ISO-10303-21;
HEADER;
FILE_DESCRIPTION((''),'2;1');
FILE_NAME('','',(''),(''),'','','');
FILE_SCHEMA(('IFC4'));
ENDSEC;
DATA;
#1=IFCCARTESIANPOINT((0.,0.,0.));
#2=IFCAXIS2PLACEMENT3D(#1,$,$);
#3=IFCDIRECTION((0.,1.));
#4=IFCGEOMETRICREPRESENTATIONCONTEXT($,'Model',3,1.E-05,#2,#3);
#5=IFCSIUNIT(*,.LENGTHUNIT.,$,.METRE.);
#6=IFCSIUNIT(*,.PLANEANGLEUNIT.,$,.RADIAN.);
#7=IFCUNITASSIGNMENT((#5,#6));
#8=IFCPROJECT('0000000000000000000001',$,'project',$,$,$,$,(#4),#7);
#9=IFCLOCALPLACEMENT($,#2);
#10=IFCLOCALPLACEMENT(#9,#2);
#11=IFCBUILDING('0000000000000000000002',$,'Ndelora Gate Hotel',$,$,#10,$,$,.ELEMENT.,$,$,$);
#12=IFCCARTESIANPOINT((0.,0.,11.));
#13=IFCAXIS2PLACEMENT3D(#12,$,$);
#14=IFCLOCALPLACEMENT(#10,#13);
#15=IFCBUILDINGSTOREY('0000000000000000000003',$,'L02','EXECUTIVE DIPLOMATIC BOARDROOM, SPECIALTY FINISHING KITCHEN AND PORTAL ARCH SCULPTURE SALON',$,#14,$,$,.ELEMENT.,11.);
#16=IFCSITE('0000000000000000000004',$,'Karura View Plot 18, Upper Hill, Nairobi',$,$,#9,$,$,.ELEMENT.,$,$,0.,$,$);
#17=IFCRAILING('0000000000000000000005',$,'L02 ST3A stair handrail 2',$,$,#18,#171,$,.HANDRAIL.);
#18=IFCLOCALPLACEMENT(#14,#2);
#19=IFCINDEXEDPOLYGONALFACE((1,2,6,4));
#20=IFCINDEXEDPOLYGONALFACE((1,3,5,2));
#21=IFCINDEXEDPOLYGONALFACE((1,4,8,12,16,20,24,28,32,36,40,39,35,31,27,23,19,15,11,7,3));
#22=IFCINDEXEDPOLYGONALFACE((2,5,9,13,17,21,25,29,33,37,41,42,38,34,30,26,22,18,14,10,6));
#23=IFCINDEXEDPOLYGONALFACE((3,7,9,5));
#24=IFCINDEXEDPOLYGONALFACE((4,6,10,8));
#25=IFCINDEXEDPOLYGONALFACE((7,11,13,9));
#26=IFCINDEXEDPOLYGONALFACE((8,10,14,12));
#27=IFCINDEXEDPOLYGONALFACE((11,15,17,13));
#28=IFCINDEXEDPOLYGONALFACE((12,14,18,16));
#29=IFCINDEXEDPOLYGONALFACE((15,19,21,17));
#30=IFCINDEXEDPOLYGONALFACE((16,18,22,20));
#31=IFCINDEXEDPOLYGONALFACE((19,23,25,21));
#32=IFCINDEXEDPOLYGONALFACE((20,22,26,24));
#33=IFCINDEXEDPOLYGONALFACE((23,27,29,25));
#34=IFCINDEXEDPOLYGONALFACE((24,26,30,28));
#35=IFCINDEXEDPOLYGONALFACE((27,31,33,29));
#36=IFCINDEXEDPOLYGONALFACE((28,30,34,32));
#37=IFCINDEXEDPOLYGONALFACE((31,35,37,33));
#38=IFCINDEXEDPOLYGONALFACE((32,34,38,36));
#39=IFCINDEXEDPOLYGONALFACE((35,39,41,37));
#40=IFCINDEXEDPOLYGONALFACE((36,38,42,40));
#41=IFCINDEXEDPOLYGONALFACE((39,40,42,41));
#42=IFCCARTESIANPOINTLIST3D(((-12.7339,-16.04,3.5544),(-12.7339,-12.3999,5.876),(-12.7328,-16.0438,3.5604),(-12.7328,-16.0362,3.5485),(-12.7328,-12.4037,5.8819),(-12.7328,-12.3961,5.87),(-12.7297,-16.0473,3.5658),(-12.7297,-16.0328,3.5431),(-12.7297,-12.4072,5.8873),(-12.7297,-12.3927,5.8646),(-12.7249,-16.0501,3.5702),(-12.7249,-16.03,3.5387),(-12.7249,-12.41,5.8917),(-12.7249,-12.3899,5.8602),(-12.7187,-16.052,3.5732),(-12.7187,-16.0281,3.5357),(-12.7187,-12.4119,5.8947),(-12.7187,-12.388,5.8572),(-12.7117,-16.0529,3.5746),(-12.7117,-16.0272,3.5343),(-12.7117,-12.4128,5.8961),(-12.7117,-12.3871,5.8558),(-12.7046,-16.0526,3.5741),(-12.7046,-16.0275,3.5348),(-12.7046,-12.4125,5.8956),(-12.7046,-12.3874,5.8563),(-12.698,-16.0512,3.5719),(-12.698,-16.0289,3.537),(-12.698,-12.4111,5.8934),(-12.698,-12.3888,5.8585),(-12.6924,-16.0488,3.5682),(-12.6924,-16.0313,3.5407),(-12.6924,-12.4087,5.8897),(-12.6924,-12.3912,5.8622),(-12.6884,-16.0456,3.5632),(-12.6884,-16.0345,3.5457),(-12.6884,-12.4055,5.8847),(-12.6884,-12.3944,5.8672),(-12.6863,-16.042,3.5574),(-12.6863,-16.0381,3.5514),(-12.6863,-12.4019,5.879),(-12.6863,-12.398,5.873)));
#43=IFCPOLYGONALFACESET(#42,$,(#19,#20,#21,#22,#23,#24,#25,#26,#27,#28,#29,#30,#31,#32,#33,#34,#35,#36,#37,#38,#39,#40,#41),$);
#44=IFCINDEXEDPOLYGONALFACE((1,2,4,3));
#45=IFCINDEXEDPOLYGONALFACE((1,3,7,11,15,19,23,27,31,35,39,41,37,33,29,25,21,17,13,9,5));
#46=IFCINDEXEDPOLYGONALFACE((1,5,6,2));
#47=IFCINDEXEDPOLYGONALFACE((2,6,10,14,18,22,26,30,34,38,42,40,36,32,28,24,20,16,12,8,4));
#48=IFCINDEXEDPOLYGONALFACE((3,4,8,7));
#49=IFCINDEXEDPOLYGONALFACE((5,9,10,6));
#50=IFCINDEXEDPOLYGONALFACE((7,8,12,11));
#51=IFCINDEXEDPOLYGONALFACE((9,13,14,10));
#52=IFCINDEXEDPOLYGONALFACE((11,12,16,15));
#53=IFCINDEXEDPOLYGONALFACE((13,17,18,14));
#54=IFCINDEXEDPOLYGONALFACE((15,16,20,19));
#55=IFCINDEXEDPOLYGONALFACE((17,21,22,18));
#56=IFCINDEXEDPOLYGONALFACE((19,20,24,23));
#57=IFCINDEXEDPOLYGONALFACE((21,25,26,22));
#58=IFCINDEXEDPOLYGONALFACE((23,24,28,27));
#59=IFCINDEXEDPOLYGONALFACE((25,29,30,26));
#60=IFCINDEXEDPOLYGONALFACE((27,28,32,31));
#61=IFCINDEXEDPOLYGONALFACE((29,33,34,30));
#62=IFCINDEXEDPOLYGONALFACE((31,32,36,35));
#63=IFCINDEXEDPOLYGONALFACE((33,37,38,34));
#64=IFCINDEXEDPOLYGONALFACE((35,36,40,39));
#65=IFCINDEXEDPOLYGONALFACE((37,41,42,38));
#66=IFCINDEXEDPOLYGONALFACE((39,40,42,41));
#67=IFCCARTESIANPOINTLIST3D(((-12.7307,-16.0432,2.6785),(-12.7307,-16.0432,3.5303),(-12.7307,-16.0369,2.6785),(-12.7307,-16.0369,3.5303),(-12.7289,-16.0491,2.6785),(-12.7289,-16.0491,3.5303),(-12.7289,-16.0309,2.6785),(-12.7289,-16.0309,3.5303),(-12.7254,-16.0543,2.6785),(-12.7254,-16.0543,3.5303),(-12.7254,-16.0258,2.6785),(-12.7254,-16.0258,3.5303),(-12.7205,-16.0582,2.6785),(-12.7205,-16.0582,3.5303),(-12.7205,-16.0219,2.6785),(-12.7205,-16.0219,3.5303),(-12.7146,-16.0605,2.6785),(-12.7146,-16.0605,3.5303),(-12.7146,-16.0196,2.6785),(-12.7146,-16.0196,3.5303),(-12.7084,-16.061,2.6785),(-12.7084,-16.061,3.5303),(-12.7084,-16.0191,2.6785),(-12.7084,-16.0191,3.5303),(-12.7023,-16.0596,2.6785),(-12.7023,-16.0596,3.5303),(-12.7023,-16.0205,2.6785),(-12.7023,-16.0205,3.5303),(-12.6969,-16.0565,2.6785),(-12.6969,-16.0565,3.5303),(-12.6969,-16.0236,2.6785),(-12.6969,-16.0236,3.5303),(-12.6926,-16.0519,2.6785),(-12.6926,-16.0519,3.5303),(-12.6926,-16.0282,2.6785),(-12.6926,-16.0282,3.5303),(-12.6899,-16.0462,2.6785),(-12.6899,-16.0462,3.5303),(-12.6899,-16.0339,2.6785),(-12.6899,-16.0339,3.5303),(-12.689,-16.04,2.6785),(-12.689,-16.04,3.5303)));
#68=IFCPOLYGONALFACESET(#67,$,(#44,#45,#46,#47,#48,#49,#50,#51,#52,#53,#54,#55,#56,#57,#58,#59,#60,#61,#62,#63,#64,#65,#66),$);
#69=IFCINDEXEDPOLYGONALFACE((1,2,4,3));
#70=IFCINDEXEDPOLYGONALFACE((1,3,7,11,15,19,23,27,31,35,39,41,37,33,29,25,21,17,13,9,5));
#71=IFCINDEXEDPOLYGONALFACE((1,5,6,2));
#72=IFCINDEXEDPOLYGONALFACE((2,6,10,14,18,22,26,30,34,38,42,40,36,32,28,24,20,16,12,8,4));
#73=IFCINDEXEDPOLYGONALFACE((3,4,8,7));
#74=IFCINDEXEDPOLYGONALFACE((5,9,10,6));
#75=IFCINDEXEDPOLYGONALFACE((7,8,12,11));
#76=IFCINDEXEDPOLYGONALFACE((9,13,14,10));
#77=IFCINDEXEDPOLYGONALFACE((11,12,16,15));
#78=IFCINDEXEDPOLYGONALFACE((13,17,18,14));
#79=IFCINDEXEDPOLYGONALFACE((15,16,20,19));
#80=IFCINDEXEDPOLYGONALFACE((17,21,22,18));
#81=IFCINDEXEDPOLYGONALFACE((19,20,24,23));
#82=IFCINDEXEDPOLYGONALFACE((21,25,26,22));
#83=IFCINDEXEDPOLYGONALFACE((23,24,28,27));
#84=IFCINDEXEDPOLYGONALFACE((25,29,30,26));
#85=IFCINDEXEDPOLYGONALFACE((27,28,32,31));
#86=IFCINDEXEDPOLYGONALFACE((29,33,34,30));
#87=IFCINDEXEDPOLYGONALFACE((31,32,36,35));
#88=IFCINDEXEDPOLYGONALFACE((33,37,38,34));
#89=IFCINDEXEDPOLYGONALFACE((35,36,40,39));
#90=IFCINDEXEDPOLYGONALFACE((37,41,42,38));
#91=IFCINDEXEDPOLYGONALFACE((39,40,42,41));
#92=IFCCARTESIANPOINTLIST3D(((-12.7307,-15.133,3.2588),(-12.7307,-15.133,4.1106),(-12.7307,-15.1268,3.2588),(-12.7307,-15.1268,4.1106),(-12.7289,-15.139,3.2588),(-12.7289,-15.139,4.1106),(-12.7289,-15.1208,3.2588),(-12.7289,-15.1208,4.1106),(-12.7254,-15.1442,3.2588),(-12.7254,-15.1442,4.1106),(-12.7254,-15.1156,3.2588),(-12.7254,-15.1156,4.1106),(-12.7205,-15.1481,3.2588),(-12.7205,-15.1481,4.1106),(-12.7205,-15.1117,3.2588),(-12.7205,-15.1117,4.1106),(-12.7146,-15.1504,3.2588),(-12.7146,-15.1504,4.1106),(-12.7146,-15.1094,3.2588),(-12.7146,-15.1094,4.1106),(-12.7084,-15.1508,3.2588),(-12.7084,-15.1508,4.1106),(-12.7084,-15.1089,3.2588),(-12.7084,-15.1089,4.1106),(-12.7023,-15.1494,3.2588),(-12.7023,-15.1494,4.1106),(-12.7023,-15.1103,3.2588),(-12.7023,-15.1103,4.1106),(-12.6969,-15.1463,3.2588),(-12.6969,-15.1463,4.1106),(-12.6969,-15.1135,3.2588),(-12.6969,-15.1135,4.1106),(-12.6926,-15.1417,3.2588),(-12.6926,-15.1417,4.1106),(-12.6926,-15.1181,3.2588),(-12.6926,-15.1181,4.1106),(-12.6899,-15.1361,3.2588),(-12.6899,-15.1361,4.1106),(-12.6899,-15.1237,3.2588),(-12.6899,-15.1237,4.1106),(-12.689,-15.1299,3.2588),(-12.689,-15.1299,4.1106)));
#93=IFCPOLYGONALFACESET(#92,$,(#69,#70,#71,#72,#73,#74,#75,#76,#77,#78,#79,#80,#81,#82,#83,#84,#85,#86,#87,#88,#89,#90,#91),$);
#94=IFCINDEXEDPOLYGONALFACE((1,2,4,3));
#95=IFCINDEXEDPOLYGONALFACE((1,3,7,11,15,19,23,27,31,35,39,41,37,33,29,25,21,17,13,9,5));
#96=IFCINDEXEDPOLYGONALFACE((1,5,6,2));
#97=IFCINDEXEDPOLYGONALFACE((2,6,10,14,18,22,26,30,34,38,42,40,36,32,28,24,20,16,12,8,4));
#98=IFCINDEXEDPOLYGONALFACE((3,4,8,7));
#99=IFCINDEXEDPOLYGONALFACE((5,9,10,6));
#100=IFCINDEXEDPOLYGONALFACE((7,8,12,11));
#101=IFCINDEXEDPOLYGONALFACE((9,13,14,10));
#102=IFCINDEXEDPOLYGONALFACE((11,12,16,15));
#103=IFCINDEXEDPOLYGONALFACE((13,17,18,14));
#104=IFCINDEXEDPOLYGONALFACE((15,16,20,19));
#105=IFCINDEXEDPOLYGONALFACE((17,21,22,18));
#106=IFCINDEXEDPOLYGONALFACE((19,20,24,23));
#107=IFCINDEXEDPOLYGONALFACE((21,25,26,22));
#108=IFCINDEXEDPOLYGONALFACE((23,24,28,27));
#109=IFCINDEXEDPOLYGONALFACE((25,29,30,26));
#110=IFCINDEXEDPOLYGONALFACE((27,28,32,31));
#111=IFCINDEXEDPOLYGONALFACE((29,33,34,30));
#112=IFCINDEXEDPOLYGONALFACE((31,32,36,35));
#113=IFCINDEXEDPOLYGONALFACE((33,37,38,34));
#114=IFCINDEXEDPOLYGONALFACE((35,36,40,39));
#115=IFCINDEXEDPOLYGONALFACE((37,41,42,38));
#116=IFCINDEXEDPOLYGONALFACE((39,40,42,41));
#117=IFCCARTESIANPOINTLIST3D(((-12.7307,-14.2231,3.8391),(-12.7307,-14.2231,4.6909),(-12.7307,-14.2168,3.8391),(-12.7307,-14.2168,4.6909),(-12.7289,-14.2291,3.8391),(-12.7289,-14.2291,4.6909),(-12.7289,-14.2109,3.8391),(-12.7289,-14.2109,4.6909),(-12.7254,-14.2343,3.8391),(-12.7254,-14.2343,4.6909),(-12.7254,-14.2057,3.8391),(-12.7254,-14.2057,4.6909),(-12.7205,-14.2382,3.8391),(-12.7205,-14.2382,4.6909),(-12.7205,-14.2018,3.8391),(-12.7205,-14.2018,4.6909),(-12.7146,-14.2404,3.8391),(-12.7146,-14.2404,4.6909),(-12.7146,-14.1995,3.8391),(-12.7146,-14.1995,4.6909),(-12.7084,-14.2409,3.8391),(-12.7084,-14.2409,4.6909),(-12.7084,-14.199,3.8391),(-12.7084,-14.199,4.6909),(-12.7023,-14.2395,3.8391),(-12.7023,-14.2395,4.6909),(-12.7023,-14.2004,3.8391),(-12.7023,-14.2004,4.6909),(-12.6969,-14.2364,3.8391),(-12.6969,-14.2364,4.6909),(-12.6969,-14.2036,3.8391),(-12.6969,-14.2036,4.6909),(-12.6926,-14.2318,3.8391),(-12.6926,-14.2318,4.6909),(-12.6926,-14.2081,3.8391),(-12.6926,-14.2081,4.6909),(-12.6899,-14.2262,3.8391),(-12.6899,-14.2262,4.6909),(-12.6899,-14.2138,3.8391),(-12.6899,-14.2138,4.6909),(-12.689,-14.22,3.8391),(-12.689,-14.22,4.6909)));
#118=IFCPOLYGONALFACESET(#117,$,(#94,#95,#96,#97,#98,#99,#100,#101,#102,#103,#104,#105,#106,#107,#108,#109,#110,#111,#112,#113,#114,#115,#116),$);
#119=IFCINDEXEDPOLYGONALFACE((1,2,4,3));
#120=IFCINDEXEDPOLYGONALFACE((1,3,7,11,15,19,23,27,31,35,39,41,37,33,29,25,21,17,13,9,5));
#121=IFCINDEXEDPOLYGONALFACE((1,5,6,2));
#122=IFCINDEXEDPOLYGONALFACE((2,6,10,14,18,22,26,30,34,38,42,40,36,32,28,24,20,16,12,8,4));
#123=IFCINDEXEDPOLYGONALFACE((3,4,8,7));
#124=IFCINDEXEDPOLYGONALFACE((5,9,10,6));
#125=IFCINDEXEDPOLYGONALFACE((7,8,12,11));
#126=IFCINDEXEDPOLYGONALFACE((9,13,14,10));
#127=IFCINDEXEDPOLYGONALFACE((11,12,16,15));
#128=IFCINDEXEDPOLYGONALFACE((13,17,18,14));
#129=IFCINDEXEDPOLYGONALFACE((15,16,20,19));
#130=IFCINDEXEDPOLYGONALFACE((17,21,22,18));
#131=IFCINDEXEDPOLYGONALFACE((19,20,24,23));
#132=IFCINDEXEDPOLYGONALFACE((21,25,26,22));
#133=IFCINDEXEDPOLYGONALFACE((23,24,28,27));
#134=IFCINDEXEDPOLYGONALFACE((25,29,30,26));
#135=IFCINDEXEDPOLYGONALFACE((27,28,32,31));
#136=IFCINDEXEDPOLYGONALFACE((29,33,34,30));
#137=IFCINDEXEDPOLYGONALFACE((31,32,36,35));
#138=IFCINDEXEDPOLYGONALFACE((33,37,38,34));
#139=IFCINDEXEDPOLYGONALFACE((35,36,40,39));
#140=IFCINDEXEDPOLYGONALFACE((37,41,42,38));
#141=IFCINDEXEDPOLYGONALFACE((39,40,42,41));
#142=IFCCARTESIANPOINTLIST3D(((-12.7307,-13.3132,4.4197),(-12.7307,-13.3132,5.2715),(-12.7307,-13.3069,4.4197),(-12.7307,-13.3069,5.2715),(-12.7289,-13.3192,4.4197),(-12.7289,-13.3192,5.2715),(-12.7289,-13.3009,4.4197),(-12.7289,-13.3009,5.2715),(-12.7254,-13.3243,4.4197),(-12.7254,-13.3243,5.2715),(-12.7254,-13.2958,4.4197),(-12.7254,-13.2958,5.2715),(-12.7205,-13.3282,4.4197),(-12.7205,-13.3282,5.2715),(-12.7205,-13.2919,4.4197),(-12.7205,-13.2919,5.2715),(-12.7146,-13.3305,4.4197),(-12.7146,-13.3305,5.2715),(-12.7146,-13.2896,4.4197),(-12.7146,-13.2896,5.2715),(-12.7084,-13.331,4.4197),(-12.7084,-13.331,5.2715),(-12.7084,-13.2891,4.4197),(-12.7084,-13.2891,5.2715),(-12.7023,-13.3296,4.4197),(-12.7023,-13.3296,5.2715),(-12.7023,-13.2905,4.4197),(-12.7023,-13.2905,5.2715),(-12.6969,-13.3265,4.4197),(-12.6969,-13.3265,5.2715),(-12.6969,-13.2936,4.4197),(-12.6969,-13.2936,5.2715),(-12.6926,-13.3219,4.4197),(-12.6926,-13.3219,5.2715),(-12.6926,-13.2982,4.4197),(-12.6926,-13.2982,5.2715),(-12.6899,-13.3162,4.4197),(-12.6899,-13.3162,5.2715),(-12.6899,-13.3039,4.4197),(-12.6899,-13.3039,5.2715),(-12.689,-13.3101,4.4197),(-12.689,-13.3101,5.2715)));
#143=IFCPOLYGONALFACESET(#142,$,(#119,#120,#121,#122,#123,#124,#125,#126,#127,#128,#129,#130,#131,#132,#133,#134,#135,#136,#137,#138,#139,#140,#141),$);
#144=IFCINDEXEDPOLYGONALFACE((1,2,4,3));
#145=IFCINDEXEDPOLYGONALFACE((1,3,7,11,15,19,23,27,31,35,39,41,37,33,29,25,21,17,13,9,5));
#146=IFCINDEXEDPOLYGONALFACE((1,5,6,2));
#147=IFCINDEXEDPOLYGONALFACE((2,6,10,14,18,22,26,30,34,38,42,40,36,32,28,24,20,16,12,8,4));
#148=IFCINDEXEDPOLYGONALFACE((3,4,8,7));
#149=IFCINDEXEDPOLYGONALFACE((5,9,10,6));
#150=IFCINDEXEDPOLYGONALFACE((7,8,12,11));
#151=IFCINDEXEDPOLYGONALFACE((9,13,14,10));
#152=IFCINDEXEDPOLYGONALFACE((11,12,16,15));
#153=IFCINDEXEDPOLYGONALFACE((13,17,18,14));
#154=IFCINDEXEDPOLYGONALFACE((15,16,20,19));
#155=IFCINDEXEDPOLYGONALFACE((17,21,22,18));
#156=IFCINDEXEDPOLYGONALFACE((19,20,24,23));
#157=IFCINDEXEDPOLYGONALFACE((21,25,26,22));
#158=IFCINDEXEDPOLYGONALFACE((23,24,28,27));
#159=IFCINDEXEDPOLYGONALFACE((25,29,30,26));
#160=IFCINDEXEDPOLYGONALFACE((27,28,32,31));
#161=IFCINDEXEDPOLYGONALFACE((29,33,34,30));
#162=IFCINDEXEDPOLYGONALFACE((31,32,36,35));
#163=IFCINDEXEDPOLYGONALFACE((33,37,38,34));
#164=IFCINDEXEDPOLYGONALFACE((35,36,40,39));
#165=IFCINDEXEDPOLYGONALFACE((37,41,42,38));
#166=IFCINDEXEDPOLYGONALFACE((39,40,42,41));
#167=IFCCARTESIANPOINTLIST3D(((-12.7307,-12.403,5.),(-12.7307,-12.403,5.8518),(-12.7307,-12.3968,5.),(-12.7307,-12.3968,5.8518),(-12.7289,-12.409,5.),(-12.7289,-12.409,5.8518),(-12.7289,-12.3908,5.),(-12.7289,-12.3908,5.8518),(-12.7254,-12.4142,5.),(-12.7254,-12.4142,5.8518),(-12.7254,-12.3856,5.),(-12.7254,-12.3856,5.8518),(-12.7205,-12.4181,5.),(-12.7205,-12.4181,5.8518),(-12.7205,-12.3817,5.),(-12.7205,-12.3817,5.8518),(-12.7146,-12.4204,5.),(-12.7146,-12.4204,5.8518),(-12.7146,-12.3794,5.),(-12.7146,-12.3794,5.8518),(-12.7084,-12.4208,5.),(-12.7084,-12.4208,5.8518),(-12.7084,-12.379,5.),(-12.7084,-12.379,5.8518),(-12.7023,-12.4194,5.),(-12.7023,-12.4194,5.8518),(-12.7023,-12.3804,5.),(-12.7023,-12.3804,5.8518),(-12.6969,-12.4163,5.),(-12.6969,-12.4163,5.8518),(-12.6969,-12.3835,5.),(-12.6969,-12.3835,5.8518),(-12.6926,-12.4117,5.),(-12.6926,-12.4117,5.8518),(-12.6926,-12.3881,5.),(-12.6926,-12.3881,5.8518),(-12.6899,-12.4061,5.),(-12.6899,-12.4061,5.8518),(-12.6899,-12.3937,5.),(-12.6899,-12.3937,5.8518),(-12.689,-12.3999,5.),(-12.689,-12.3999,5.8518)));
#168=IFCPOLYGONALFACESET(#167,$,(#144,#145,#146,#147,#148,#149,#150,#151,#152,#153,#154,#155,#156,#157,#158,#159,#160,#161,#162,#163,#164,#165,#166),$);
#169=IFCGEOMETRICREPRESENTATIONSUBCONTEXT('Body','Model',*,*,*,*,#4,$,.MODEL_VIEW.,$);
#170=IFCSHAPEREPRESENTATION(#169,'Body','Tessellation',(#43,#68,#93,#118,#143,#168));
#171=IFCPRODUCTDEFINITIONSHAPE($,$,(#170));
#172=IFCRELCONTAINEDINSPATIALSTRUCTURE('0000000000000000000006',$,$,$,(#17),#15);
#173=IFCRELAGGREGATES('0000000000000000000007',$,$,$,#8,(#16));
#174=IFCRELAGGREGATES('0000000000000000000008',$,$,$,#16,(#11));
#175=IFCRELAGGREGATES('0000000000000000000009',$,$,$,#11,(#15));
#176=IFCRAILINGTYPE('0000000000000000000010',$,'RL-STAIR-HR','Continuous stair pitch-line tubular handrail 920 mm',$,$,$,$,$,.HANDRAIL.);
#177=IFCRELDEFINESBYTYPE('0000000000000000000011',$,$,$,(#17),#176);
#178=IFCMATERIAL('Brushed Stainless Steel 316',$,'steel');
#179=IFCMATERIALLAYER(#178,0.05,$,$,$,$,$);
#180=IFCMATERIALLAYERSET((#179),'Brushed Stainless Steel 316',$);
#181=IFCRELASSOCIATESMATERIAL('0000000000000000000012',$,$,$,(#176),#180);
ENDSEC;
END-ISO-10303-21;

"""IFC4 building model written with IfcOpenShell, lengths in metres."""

from ifc_helpers import new_model, si_unit, direction, frame, origin, origin_2d, place, context, subcontext, project, spatial, circle, extrude, material, layer, layer_set, type_object, element, save


model = new_model("IFC4")

# Units and contexts
model_context = context("Model", 3, precision=1e-05, world=origin(), true_north=direction((0.0, 1.0)))
body_context = subcontext(model_context, "Body", "Model", "MODEL_VIEW")
ifc_project = project(units=[si_unit("LENGTHUNIT", "METRE"), si_unit("PLANEANGLEUNIT", "RADIAN")], contexts=[model_context])

# Site, building, storey
site_placement = place(None, origin())
site = spatial("IfcSite", under=ifc_project, at=site_placement, Name="Karura View Plot 18, Upper Hill, Nairobi", CompositionType="ELEMENT", RefElevation=0.0)
building_placement = place(site_placement, origin())
building = spatial("IfcBuilding", under=site, at=building_placement, Name="Ndelora Gate Hotel", CompositionType="ELEMENT")
storey_placement = place(building_placement, frame((0.0, 0.0, 11.0)))
storey = spatial("IfcBuildingStorey", under=building, at=storey_placement, Name="L02", Description="EXECUTIVE DIPLOMATIC BOARDROOM, SPECIALTY FINISHING KITCHEN AND PORTAL ARCH SCULPTURE SALON", CompositionType="ELEMENT", Elevation=11.0)

# Railing
ifc_material_1 = material(Name="Brushed Stainless Steel 316", Category="steel")
ifc_layer_1 = layer(ifc_material_1, 0.05)
ifc_layer_set_1 = layer_set([ifc_layer_1], Name="Brushed Stainless Steel 316")
railing_type_1 = type_object("IfcRailingType", Name="RL-STAIR-HR", Description="Continuous stair pitch-line tubular handrail 920 mm", PredefinedType="HANDRAIL", material=ifc_layer_set_1)
railing_1_placement = place(storey_placement, frame((-12.71, -16.04, 2.6785)))
element("IfcRailing", 1, at=railing_1_placement, inside=storey, type_object=railing_type_1, Name="L02 ST3A stair handrail 2", PredefinedType="HANDRAIL", context=body_context, shape_type="SweptSolid", body=[
    extrude(circle(Radius=0.0239, at=origin_2d()), frame((0.0, 0.0, 0.876), z_axis=(0.0, 0.843128, 0.537713), x_axis=(-1.0, 0.0, 0.0)), (0.0, 0.0, 1.0), 4.3174),
    extrude(circle(Radius=0.021, at=origin_2d()), origin(), (0.0, 0.0, 1.0), 0.8518),
    extrude(circle(Radius=0.021, at=origin_2d()), frame((0.0, 0.9102, 0.5803)), (0.0, 0.0, 1.0), 0.8518),
    extrude(circle(Radius=0.021, at=origin_2d()), frame((0.0, 1.8201, 1.1606)), (0.0, 0.0, 1.0), 0.8518),
    extrude(circle(Radius=0.021, at=origin_2d()), frame((0.0, 2.73, 1.7412)), (0.0, 0.0, 1.0), 0.8518),
    extrude(circle(Radius=0.021, at=origin_2d()), frame((0.0, 3.6401, 2.3215)), (0.0, 0.0, 1.0), 0.8518),
])

save(model, "model.ifc")
